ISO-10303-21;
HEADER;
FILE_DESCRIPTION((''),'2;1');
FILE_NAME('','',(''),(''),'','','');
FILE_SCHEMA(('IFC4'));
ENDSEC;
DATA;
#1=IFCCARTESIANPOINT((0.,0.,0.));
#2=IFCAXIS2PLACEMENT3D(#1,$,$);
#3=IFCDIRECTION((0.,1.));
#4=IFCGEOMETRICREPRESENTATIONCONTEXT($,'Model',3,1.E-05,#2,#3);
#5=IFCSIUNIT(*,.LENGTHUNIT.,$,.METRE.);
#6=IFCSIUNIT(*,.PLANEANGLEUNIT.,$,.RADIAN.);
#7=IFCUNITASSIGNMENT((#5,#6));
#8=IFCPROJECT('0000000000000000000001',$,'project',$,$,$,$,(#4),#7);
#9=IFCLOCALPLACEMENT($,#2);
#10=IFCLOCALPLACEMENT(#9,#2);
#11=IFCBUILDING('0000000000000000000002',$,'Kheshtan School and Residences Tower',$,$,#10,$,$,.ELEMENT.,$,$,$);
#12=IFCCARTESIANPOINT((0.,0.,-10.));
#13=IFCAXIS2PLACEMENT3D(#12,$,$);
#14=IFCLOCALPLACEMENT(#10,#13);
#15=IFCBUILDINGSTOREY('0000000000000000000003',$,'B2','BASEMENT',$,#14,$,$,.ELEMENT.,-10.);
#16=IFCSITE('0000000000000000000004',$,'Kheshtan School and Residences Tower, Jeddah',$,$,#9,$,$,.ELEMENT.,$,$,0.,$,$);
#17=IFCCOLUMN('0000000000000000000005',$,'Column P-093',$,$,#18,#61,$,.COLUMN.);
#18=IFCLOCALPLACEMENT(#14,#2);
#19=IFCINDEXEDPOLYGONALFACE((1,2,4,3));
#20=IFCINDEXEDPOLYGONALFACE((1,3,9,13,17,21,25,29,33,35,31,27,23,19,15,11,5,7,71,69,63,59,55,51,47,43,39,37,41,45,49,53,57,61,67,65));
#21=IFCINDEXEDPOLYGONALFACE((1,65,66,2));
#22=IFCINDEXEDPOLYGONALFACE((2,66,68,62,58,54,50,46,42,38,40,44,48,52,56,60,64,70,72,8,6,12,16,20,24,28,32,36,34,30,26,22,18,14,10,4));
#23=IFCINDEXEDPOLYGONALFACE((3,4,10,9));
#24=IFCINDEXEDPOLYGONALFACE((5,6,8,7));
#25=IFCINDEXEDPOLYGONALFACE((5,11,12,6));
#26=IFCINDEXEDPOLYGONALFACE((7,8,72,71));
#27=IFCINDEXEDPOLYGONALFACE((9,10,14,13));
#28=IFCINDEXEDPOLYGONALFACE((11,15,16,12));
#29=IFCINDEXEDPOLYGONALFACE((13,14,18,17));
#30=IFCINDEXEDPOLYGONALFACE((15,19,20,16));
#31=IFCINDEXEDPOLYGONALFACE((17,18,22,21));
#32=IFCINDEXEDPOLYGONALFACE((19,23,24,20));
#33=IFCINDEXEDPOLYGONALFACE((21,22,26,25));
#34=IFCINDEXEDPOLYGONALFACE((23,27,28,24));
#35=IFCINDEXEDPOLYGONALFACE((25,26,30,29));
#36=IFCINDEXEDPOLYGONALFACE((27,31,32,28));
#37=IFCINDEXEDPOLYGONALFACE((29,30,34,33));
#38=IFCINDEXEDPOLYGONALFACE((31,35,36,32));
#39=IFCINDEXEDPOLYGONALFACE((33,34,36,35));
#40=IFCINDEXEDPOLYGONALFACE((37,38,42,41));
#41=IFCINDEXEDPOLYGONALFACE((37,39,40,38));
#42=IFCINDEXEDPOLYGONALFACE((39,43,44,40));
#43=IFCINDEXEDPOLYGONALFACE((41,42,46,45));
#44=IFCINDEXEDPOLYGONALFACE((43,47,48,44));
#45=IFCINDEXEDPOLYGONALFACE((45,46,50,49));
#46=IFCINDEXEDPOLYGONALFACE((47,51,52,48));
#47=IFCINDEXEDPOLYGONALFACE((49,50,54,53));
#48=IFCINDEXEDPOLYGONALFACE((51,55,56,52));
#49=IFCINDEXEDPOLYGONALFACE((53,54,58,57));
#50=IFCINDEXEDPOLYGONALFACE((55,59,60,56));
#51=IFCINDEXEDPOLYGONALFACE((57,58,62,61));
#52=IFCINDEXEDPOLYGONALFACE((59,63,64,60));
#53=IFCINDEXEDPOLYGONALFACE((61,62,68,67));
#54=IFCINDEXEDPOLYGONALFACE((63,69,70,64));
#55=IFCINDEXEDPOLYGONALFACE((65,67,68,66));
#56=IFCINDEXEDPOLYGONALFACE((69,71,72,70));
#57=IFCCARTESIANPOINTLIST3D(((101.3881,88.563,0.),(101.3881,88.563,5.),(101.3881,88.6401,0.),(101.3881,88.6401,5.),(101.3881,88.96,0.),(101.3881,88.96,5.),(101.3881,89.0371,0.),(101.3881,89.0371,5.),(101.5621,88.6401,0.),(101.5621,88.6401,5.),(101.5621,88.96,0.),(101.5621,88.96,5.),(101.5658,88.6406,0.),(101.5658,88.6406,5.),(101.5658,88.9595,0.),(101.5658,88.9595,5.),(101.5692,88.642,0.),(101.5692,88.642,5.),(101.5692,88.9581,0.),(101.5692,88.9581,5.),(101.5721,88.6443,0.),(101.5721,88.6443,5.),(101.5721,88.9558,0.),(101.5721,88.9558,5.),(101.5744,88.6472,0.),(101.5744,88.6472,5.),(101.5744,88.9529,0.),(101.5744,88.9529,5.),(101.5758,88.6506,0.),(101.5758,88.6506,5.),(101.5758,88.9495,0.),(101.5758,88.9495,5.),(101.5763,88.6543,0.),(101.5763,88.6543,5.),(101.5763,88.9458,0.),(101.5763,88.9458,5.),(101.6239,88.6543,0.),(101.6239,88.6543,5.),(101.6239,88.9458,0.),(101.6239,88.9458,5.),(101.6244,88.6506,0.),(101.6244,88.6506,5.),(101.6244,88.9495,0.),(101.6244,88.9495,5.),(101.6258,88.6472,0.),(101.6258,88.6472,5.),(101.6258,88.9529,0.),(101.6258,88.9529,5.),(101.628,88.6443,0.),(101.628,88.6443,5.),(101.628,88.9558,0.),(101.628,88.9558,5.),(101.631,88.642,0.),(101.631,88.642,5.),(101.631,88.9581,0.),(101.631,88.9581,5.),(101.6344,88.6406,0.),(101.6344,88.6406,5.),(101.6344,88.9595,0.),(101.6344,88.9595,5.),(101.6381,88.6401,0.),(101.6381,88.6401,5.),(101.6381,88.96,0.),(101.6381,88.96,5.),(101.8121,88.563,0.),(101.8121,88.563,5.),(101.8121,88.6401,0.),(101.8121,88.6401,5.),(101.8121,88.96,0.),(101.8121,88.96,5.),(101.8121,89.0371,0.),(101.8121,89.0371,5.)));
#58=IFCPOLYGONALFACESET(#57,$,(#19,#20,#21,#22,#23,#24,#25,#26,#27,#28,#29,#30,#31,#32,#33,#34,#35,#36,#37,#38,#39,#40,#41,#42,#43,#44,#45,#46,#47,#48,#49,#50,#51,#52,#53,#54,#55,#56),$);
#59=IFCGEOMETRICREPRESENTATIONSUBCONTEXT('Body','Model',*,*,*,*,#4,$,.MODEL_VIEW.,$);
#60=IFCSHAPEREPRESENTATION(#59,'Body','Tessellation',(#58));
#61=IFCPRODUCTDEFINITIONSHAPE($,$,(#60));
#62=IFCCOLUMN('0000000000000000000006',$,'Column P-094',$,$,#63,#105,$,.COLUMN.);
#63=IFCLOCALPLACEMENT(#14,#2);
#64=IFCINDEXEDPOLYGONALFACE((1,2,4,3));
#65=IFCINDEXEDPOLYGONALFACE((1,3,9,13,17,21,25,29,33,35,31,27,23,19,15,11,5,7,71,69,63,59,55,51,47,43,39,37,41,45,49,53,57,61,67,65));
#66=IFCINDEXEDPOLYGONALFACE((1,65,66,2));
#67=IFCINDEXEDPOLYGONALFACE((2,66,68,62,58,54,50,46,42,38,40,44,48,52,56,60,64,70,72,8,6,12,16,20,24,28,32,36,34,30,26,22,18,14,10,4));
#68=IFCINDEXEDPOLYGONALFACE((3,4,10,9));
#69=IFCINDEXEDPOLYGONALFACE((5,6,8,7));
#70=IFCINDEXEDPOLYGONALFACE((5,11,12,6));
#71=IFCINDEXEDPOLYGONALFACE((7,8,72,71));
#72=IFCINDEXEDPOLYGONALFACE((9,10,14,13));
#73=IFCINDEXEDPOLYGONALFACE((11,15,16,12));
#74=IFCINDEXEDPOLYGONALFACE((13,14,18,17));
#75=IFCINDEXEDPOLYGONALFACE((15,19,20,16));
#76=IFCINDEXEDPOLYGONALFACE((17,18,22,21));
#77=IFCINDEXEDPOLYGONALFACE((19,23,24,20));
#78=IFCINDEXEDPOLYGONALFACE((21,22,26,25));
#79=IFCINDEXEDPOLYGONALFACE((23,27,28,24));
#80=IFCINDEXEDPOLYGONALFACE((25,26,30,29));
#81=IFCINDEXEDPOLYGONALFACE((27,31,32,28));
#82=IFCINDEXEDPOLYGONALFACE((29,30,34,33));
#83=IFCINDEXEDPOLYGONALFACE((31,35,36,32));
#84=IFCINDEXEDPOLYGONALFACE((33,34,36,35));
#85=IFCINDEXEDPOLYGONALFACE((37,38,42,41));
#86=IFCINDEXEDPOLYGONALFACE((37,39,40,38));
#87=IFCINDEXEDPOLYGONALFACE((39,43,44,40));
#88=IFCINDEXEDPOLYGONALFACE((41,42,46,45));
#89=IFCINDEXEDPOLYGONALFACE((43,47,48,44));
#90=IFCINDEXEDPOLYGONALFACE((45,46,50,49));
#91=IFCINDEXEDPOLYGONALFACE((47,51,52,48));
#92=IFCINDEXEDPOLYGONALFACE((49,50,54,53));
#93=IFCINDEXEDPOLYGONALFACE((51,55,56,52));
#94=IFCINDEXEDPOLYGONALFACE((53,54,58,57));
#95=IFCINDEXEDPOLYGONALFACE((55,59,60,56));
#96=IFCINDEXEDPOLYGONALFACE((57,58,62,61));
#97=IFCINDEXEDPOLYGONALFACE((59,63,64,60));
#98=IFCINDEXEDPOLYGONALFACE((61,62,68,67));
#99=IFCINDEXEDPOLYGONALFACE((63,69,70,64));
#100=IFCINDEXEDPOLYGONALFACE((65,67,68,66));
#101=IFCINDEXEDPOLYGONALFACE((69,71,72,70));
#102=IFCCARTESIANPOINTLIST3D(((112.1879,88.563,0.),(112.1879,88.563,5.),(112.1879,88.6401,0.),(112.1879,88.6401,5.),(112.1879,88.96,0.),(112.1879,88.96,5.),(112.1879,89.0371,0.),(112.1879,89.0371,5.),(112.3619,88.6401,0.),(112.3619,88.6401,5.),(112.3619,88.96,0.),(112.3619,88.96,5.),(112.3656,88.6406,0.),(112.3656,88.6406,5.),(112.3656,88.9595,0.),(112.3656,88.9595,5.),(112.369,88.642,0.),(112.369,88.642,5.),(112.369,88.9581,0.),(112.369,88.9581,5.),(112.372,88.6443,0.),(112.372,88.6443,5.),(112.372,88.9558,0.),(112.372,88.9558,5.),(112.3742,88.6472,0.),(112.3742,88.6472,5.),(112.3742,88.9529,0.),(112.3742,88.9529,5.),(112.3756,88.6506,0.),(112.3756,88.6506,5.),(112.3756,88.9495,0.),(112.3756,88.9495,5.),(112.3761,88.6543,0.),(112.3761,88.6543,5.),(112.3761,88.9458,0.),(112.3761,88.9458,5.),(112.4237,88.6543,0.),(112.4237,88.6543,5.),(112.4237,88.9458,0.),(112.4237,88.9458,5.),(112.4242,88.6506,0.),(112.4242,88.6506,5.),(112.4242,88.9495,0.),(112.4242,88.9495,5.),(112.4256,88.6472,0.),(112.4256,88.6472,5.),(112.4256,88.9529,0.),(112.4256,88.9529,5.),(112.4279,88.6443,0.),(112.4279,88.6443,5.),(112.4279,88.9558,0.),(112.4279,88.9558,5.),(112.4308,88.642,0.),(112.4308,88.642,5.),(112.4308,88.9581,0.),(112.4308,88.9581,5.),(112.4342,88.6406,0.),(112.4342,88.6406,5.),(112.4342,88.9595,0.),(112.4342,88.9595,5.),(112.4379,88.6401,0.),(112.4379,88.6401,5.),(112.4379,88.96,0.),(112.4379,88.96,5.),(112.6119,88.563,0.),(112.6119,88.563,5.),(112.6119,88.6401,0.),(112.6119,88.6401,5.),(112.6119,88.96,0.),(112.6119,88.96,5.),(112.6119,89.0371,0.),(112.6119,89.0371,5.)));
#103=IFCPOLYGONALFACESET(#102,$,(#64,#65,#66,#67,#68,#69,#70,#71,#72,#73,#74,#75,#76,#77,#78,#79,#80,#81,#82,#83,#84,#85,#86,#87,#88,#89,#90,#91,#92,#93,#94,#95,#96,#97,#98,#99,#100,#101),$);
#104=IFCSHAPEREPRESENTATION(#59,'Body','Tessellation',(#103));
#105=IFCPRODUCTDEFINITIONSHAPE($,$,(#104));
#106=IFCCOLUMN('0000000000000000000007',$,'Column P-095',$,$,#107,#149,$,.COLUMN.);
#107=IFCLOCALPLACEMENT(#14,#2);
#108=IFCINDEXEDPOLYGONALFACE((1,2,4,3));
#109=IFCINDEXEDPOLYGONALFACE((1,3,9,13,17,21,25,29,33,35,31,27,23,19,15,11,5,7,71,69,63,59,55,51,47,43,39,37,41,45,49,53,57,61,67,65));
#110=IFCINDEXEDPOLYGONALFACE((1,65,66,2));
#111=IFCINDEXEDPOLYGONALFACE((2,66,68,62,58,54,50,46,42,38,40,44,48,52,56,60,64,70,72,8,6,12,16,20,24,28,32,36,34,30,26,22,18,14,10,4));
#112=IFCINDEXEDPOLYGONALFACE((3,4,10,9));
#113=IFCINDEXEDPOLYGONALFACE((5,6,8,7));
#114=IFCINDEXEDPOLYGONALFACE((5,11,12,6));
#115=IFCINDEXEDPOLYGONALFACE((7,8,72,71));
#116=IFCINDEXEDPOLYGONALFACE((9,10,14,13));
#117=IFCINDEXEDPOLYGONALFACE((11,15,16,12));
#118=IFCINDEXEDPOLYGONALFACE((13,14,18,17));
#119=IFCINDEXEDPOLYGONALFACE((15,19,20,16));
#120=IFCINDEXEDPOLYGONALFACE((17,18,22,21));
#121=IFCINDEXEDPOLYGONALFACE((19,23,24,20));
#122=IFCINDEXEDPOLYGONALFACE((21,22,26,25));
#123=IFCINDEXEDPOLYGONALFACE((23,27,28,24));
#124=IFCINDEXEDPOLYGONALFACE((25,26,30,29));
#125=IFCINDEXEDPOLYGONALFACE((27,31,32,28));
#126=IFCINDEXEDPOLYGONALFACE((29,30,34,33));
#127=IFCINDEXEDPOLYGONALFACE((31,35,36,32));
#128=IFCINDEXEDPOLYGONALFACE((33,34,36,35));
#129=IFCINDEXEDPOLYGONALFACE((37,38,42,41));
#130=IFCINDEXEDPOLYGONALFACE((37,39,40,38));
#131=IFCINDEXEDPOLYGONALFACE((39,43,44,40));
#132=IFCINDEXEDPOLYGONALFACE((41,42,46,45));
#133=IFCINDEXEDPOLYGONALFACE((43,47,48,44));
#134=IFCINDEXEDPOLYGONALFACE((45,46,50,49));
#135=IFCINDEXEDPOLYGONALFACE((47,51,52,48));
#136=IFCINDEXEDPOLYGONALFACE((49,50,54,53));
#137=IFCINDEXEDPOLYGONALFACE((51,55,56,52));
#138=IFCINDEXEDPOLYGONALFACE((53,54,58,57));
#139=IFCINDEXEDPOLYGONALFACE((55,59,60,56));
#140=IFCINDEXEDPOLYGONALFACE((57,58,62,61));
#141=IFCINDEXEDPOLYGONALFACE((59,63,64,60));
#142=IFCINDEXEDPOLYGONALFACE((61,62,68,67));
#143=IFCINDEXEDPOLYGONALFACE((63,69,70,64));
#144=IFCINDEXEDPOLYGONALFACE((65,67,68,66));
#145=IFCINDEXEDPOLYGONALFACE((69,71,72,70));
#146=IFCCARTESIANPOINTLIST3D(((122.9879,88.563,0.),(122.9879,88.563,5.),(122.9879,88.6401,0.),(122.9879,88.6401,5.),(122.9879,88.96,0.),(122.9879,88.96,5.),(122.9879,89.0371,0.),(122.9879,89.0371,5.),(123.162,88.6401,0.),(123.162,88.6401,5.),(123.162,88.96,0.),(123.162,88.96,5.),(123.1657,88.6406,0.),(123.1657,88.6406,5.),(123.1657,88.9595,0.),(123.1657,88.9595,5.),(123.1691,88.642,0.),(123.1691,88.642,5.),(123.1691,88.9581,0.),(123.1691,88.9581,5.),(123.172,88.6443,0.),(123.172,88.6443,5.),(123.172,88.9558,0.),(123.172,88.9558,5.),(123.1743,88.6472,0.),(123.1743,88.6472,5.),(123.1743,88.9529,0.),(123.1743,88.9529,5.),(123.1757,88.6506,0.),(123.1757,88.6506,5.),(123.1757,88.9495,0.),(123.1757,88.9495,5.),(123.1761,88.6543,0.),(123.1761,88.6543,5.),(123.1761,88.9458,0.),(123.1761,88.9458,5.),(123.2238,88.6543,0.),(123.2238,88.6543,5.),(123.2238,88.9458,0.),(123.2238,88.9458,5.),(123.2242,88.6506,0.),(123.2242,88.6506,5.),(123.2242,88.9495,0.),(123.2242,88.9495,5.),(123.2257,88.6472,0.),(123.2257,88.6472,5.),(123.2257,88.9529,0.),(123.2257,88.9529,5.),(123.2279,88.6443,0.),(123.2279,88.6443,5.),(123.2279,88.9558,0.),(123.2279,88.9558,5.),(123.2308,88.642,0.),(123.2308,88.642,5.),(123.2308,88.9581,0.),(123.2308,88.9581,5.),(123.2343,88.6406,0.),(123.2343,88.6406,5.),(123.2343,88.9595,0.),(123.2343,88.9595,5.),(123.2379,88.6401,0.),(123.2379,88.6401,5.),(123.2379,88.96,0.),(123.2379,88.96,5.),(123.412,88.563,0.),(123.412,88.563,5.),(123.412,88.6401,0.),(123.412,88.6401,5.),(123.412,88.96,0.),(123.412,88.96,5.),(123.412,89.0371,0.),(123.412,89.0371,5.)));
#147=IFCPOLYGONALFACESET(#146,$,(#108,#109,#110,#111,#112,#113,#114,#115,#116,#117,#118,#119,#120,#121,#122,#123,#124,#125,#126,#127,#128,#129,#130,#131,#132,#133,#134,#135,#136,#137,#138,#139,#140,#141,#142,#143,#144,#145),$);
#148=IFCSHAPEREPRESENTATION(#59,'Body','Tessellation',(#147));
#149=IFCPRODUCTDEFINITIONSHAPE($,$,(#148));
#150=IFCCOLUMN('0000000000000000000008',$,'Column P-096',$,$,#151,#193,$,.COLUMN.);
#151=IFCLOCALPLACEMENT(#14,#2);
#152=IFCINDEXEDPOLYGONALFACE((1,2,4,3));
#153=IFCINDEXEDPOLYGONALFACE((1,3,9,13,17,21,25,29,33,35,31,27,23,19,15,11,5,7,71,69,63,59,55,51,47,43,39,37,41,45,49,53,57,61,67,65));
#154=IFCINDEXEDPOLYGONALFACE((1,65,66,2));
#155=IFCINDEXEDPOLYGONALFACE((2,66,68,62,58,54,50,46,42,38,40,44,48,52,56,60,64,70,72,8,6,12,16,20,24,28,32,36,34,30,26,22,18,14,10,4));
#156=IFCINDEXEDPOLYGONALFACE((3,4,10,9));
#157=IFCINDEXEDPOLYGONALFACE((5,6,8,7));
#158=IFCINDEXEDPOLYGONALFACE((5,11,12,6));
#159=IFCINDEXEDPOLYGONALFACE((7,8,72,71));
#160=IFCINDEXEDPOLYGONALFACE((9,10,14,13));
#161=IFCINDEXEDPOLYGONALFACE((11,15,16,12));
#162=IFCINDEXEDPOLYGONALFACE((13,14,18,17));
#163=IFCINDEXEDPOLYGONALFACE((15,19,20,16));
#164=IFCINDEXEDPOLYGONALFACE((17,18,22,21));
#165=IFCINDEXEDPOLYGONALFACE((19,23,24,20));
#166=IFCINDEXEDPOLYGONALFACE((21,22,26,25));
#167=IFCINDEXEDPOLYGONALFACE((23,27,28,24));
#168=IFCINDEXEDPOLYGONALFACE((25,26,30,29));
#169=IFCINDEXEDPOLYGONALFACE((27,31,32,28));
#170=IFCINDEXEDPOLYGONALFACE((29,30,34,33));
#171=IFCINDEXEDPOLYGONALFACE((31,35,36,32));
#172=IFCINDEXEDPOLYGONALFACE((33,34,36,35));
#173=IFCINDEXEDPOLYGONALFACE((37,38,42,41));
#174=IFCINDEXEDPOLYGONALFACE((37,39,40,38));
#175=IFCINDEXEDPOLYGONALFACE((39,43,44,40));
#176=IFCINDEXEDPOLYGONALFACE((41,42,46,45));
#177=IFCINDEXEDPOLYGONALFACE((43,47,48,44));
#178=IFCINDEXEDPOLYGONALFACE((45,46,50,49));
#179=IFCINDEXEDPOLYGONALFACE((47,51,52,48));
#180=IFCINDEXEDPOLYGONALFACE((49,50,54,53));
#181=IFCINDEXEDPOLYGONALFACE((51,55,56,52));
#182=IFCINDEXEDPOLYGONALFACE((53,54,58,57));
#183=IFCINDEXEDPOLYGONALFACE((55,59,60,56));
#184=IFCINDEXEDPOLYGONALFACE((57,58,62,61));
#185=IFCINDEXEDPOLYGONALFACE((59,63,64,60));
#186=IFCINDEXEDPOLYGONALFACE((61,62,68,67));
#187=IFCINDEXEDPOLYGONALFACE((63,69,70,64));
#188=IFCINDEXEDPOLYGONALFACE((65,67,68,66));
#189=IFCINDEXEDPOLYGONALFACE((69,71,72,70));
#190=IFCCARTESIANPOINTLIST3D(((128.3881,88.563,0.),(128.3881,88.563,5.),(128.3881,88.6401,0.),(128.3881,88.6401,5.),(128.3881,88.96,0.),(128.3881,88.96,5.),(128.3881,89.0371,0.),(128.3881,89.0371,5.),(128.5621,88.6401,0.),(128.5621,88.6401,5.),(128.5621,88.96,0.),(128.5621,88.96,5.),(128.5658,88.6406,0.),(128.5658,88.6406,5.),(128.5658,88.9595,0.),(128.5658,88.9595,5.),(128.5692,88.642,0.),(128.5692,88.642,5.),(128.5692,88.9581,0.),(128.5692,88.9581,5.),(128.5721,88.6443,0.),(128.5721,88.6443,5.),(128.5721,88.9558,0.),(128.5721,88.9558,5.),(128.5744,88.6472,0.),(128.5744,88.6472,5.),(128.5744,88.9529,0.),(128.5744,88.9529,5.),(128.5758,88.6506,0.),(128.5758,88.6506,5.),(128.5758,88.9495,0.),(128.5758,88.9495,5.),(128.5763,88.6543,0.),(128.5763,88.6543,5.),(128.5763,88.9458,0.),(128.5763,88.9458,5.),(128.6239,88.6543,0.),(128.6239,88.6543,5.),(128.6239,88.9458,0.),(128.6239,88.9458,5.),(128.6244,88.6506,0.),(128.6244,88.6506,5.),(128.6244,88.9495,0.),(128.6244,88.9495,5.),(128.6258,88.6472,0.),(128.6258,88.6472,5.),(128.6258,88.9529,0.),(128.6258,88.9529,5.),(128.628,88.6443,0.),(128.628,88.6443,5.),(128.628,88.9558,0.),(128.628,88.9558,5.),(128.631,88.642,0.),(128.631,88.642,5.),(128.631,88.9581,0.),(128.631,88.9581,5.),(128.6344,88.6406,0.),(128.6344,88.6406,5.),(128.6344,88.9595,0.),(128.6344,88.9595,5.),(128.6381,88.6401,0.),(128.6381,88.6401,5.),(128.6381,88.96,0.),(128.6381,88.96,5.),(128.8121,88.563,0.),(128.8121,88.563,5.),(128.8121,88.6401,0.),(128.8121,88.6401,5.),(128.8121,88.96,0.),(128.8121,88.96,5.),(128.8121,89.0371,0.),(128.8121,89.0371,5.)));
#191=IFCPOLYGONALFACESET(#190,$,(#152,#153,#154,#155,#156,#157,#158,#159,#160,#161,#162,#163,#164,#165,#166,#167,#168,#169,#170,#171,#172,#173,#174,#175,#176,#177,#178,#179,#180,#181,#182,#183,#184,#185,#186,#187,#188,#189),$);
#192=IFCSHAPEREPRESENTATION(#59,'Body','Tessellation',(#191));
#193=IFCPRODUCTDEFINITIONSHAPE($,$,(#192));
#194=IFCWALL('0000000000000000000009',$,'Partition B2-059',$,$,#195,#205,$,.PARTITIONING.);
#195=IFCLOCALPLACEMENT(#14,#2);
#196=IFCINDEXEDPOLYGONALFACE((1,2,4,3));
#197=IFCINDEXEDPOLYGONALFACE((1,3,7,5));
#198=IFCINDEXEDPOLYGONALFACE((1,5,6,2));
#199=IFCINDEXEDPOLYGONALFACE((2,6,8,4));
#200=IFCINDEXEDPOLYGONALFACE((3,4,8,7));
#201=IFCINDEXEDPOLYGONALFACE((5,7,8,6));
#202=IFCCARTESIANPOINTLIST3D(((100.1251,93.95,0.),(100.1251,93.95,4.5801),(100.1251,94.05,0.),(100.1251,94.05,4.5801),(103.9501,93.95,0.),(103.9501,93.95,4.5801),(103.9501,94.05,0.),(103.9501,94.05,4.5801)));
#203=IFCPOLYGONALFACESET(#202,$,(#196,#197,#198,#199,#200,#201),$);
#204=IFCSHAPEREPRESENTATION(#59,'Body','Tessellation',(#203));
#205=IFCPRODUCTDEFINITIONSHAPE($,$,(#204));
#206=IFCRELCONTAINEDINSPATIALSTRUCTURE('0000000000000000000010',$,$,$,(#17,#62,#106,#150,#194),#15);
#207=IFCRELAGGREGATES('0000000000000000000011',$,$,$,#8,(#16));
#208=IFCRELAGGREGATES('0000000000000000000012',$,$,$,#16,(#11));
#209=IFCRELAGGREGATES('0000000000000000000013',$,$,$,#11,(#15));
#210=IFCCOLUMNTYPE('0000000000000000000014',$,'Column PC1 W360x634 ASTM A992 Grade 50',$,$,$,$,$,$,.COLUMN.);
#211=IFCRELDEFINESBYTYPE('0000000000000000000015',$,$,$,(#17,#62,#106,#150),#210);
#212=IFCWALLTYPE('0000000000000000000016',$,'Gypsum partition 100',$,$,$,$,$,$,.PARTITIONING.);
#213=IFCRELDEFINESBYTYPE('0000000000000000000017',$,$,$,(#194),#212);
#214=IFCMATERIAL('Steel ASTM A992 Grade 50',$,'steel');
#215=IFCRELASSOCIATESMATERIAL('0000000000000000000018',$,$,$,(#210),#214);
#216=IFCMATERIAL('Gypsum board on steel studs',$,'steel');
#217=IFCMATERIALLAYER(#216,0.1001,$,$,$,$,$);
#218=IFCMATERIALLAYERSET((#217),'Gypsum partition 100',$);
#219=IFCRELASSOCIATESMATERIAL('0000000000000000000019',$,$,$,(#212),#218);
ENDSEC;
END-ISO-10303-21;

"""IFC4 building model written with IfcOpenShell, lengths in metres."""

from ifc_helpers import new_model, si_unit, direction, frame, frame_2d, origin, origin_2d, place, context, subcontext, project, spatial, rectangle, i_section, extrude, material, layer, layer_set, material_profile, profile_set, type_object, element, save


model = new_model("IFC4")

# Units and contexts
model_context = context("Model", 3, precision=1e-05, world=origin(), true_north=direction((0.0, 1.0)))
body_context = subcontext(model_context, "Body", "Model", "MODEL_VIEW")
ifc_project = project(units=[si_unit("LENGTHUNIT", "METRE"), si_unit("PLANEANGLEUNIT", "RADIAN")], contexts=[model_context])

# Site, building, storey
site_placement = place(None, origin())
site = spatial("IfcSite", under=ifc_project, at=site_placement, Name="Kheshtan School and Residences Tower, Jeddah", CompositionType="ELEMENT", RefElevation=0.0)
building_placement = place(site_placement, origin())
building = spatial("IfcBuilding", under=site, at=building_placement, Name="Kheshtan School and Residences Tower", CompositionType="ELEMENT")
storey_placement = place(building_placement, frame((0.0, 0.0, -10.0)))
storey = spatial("IfcBuildingStorey", under=building, at=storey_placement, Name="B2", Description="BASEMENT", CompositionType="ELEMENT", Elevation=-10.0)

# Columns
ifc_material_1 = material(Name="Steel ASTM A992 Grade 50", Category="steel")
ifc_material_profile = material_profile(ifc_material_1, i_section(OverallWidth=0.4241, OverallDepth=0.4741, WebThickness=0.0476, FlangeThickness=0.0771, FilletRadius=0.0142, at=origin_2d()), Name="W360x634")
ifc_profile_set = profile_set([ifc_material_profile], Name="Steel ASTM A992 Grade 50")
column_type = type_object("IfcColumnType", Name="Column PC1 W360x634 ASTM A992 Grade 50", PredefinedType="COLUMN", material=ifc_profile_set)
for number, where, z_axis, x_axis, name in (
    (1, (101.6001, 88.8, 0.0), (0.0, 0.0, 1.0), (1.0, 0.0, 0.0), "Column P-093"),
    (2, (112.3999, 88.8, 0.0), (0.0, 0.0, 1.0), (1.0, 0.0, 0.0), "Column P-094"),
    (3, (123.2, 88.8, 0.0), (0.0, 0.0, 1.0), (1.0, 0.0, 0.0), "Column P-095"),
    (4, (128.6001, 88.8, 0.0), (0.0, 0.0, 1.0), (1.0, 0.0, 0.0), "Column P-096"),
):
    element("IfcColumn", number, at=place(storey_placement, frame(where, z_axis=z_axis, x_axis=x_axis)), inside=storey, type_object=column_type, Name=name, PredefinedType="COLUMN", context=body_context, shape_type="SweptSolid", body=[
        extrude(i_section(OverallWidth=0.4241, OverallDepth=0.4741, WebThickness=0.0476, FlangeThickness=0.0771, FilletRadius=0.0142, at=origin_2d()), origin(), (0.0, 0.0, 1.0), 5.0),
    ])

# Wall
ifc_material_2 = material(Name="Gypsum board on steel studs", Category="steel")
ifc_layer_1 = layer(ifc_material_2, 0.1001)
ifc_layer_set_1 = layer_set([ifc_layer_1], Name="Gypsum partition 100")
wall_type_1 = type_object("IfcWallType", Name="Gypsum partition 100", PredefinedType="PARTITIONING", material=ifc_layer_set_1)
wall_1_placement = place(storey_placement, frame((100.125, 94.0, 0.0), z_axis=(0.0, 0.0, 1.0), x_axis=(1.0, 0.0, 0.0)))
element("IfcWall", 5, at=wall_1_placement, inside=storey, type_object=wall_type_1, Name="Partition B2-059", PredefinedType="PARTITIONING", context=body_context, shape_type="SweptSolid", body=[
    extrude(rectangle(XDim=3.825, YDim=0.1001, at=frame_2d((1.9126, 0.0))), origin(), (0.0, 0.0, 1.0), 4.5801),
])

save(model, "model.ifc")
